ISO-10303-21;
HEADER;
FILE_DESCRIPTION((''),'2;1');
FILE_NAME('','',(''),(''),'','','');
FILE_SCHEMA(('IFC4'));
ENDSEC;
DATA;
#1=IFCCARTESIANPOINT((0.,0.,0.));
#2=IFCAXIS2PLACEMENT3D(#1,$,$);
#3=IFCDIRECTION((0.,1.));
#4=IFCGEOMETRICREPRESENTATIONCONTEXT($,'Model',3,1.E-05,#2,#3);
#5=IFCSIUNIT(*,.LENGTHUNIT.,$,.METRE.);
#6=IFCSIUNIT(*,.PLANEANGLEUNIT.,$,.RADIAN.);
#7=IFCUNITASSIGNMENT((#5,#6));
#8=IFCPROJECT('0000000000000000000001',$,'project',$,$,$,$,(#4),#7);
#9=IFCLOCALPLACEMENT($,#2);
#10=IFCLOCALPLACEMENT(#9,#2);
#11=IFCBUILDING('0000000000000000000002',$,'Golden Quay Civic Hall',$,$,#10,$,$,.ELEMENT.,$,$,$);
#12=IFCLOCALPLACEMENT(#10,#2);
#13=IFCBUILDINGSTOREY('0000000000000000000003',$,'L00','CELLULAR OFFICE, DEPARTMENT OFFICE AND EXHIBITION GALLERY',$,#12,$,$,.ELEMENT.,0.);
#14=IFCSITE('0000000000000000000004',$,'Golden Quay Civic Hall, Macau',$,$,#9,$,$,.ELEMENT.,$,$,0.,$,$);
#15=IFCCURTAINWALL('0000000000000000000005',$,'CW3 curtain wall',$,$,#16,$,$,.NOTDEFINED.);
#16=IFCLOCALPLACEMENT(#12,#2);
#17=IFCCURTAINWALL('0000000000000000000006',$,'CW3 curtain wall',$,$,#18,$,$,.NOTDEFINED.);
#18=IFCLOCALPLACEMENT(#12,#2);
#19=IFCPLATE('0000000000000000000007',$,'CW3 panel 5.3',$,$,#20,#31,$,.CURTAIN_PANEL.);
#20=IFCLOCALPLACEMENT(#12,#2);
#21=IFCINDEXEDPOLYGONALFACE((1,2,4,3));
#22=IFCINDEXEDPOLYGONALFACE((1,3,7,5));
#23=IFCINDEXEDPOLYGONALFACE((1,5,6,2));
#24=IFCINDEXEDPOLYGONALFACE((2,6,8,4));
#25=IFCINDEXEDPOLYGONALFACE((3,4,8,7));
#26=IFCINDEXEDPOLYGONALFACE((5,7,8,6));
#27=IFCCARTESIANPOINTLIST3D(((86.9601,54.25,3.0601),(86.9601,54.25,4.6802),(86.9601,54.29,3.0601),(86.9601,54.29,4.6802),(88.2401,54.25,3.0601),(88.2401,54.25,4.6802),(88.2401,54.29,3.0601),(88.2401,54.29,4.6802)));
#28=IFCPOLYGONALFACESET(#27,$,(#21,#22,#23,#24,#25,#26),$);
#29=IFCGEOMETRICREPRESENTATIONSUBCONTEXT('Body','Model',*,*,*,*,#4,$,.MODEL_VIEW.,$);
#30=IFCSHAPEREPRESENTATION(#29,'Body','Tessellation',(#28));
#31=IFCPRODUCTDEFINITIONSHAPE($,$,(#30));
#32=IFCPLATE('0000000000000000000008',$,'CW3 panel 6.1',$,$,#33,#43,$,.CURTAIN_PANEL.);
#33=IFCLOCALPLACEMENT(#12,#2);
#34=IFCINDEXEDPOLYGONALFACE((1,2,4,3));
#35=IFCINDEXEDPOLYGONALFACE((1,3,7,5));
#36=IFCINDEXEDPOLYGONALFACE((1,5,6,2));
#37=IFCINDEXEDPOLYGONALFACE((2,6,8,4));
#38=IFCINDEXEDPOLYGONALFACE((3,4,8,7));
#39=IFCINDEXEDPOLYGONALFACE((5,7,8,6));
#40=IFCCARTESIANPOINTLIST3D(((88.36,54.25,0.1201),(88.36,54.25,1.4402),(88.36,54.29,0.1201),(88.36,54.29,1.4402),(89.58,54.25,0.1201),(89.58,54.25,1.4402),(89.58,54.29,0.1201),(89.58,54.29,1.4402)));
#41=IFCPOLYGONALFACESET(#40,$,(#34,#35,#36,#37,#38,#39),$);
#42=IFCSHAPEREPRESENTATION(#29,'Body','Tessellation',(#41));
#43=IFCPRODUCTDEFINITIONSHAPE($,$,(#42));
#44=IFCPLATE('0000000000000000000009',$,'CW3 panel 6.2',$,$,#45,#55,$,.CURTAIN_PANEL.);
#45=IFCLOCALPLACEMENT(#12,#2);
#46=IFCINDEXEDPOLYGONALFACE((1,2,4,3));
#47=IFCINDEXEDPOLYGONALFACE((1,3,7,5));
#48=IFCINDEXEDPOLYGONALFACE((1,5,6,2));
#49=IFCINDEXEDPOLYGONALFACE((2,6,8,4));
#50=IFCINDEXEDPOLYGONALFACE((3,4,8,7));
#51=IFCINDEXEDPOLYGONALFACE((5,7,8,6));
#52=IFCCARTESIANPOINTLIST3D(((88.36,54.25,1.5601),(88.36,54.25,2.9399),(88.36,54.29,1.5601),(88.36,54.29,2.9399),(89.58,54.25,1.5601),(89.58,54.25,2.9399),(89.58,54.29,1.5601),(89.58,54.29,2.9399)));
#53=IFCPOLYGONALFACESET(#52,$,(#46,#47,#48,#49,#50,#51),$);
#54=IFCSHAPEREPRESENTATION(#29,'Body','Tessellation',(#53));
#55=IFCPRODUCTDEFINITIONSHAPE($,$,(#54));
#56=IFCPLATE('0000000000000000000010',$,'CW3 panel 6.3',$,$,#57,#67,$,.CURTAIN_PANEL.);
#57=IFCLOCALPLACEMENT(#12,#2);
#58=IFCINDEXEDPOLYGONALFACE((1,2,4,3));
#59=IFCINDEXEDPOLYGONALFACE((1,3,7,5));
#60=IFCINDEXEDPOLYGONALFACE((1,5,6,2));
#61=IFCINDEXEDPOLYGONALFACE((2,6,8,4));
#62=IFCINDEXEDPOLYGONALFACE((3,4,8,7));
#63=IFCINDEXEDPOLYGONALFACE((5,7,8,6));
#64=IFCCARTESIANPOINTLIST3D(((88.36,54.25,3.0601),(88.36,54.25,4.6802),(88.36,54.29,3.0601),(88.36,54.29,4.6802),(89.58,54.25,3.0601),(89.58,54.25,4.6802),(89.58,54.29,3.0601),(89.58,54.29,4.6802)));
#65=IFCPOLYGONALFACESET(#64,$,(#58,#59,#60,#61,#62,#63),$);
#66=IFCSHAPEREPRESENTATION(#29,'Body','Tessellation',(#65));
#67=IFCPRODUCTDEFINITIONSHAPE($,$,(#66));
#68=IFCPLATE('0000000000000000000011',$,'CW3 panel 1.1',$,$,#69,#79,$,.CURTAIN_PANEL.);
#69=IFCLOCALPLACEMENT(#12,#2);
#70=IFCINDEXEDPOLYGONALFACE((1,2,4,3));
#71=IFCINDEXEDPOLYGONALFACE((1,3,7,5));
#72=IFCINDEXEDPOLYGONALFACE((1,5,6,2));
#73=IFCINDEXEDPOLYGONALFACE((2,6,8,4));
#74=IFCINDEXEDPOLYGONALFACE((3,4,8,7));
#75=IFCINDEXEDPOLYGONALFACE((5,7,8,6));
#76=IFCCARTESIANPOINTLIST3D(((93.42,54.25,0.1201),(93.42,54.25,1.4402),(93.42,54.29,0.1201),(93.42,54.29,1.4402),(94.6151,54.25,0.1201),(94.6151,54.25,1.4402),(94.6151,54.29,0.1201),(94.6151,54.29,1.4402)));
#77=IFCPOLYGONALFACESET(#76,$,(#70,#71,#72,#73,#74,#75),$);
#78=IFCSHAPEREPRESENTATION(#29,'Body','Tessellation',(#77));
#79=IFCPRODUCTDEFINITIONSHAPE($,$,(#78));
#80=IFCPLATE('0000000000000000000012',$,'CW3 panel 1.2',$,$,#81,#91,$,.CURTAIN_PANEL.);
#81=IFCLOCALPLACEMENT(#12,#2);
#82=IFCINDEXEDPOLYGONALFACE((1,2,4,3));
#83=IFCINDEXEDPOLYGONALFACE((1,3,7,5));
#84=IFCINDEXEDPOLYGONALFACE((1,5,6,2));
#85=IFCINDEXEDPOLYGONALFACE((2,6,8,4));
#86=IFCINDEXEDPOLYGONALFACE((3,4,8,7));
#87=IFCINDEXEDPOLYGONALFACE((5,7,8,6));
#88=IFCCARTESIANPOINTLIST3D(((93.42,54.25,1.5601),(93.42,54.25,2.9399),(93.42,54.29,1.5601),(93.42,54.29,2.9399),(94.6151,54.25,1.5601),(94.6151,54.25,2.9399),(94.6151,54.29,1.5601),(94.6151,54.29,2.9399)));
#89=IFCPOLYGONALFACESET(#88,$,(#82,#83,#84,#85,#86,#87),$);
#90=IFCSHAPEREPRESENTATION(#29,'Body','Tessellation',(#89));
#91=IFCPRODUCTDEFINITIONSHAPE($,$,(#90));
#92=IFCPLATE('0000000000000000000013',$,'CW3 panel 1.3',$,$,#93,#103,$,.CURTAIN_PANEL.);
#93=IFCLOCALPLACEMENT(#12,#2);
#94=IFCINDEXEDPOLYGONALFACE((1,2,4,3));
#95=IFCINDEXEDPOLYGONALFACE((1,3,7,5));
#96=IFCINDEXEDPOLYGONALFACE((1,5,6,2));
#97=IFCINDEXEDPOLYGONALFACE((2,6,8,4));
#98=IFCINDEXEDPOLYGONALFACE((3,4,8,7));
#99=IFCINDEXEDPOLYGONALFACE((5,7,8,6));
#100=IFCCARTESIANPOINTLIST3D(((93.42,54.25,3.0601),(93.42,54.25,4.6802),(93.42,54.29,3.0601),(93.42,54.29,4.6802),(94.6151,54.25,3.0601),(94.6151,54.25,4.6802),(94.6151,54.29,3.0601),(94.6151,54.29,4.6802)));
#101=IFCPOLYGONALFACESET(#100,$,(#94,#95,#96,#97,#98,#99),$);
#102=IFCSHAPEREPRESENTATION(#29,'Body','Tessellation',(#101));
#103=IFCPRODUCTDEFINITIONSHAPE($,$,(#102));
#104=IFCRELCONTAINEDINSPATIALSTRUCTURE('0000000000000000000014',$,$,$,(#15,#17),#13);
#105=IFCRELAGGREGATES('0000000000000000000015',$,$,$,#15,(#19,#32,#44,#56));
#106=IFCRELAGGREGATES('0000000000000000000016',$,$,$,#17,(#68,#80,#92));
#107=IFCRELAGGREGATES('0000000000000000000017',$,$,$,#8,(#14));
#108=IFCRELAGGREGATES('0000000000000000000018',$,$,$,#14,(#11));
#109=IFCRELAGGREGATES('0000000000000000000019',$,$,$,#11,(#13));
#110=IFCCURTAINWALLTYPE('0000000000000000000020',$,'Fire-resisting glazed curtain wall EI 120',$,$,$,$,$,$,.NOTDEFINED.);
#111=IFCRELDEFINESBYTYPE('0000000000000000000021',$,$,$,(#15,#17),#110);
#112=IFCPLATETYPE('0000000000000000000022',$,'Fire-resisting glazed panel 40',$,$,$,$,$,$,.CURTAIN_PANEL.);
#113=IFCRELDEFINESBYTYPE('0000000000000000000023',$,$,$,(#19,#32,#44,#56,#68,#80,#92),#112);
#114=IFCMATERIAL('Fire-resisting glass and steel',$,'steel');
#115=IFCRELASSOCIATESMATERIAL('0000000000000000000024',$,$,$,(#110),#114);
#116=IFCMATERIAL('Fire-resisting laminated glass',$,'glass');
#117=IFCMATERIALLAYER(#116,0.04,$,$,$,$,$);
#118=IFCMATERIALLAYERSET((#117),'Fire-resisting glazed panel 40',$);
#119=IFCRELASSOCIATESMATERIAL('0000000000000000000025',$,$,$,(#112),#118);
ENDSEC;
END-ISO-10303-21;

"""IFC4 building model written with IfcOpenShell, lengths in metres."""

from ifc_helpers import new_model, si_unit, direction, frame, origin, origin_2d, place, context, subcontext, project, spatial, rectangle, extrude, material, layer, layer_set, type_object, element, aggregate, save


model = new_model("IFC4")

# Units and contexts
model_context = context("Model", 3, precision=1e-05, world=origin(), true_north=direction((0.0, 1.0)))
body_context = subcontext(model_context, "Body", "Model", "MODEL_VIEW")
ifc_project = project(units=[si_unit("LENGTHUNIT", "METRE"), si_unit("PLANEANGLEUNIT", "RADIAN")], contexts=[model_context])

# Site, building, storey
site_placement = place(None, origin())
site = spatial("IfcSite", under=ifc_project, at=site_placement, Name="Golden Quay Civic Hall, Macau", CompositionType="ELEMENT", RefElevation=0.0)
building_placement = place(site_placement, origin())
building = spatial("IfcBuilding", under=site, at=building_placement, Name="Golden Quay Civic Hall", CompositionType="ELEMENT")
storey_placement = place(building_placement, origin())
storey = spatial("IfcBuildingStorey", under=building, at=storey_placement, Name="L00", Description="CELLULAR OFFICE, DEPARTMENT OFFICE AND EXHIBITION GALLERY", CompositionType="ELEMENT", Elevation=0.0)

# Curtain walls
ifc_material_1 = material(Name="Fire-resisting glass and steel", Category="steel")
curtain_wall_type = type_object("IfcCurtainWallType", Name="Fire-resisting glazed curtain wall EI 120", PredefinedType="NOTDEFINED", material=ifc_material_1)
curtain_wall_1_placement = place(storey_placement, origin())
curtain_wall_1 = element("IfcCurtainWall", 1, at=curtain_wall_1_placement, inside=storey, type_object=curtain_wall_type, Name="CW3 curtain wall", PredefinedType="NOTDEFINED")
curtain_wall_2_placement = place(storey_placement, origin())
curtain_wall_2 = element("IfcCurtainWall", 2, at=curtain_wall_2_placement, inside=storey, type_object=curtain_wall_type, Name="CW3 curtain wall", PredefinedType="NOTDEFINED")

# Plates
ifc_material_2 = material(Name="Fire-resisting laminated glass", Category="glass")
ifc_layer_1 = layer(ifc_material_2, 0.04)
ifc_layer_set_1 = layer_set([ifc_layer_1], Name="Fire-resisting glazed panel 40")
plate_type = type_object("IfcPlateType", Name="Fire-resisting glazed panel 40", PredefinedType="CURTAIN_PANEL", material=ifc_layer_set_1)
plate_1_placement = place(storey_placement, frame((87.6001, 54.27, 3.0601), z_axis=(0.0, 0.0, 1.0), x_axis=(1.0, 0.0, 0.0)))
plate_1 = element("IfcPlate", 3, at=plate_1_placement, type_object=plate_type, Name="CW3 panel 5.3", PredefinedType="CURTAIN_PANEL", context=body_context, shape_type="SweptSolid", body=[
    extrude(rectangle(XDim=1.28, YDim=0.04, at=origin_2d()), origin(), (0.0, 0.0, 1.0), 1.6201),
])
plate_2_placement = place(storey_placement, frame((88.97, 54.27, 0.1201), z_axis=(0.0, 0.0, 1.0), x_axis=(1.0, 0.0, 0.0)))
plate_2 = element("IfcPlate", 4, at=plate_2_placement, type_object=plate_type, Name="CW3 panel 6.1", PredefinedType="CURTAIN_PANEL", context=body_context, shape_type="SweptSolid", body=[
    extrude(rectangle(XDim=1.22, YDim=0.04, at=origin_2d()), origin(), (0.0, 0.0, 1.0), 1.3201),
])
plate_3_placement = place(storey_placement, frame((88.97, 54.27, 1.5601), z_axis=(0.0, 0.0, 1.0), x_axis=(1.0, 0.0, 0.0)))
plate_3 = element("IfcPlate", 5, at=plate_3_placement, type_object=plate_type, Name="CW3 panel 6.2", PredefinedType="CURTAIN_PANEL", context=body_context, shape_type="SweptSolid", body=[
    extrude(rectangle(XDim=1.22, YDim=0.04, at=origin_2d()), origin(), (0.0, 0.0, 1.0), 1.3799),
])
plate_4_placement = place(storey_placement, frame((88.97, 54.27, 3.0601), z_axis=(0.0, 0.0, 1.0), x_axis=(1.0, 0.0, 0.0)))
plate_4 = element("IfcPlate", 6, at=plate_4_placement, type_object=plate_type, Name="CW3 panel 6.3", PredefinedType="CURTAIN_PANEL", context=body_context, shape_type="SweptSolid", body=[
    extrude(rectangle(XDim=1.22, YDim=0.04, at=origin_2d()), origin(), (0.0, 0.0, 1.0), 1.6201),
])
aggregate(curtain_wall_1, [plate_1, plate_2, plate_3, plate_4])
plate_5_placement = place(storey_placement, frame((94.0176, 54.27, 0.1201), z_axis=(0.0, 0.0, 1.0), x_axis=(1.0, 0.0, 0.0)))
plate_5 = element("IfcPlate", 7, at=plate_5_placement, type_object=plate_type, Name="CW3 panel 1.1", PredefinedType="CURTAIN_PANEL", context=body_context, shape_type="SweptSolid", body=[
    extrude(rectangle(XDim=1.1951, YDim=0.04, at=origin_2d()), origin(), (0.0, 0.0, 1.0), 1.3201),
])
plate_6_placement = place(storey_placement, frame((94.0176, 54.27, 1.5601), z_axis=(0.0, 0.0, 1.0), x_axis=(1.0, 0.0, 0.0)))
plate_6 = element("IfcPlate", 8, at=plate_6_placement, type_object=plate_type, Name="CW3 panel 1.2", PredefinedType="CURTAIN_PANEL", context=body_context, shape_type="SweptSolid", body=[
    extrude(rectangle(XDim=1.1951, YDim=0.04, at=origin_2d()), origin(), (0.0, 0.0, 1.0), 1.3799),
])
plate_7_placement = place(storey_placement, frame((94.0176, 54.27, 3.0601), z_axis=(0.0, 0.0, 1.0), x_axis=(1.0, 0.0, 0.0)))
plate_7 = element("IfcPlate", 9, at=plate_7_placement, type_object=plate_type, Name="CW3 panel 1.3", PredefinedType="CURTAIN_PANEL", context=body_context, shape_type="SweptSolid", body=[
    extrude(rectangle(XDim=1.1951, YDim=0.04, at=origin_2d()), origin(), (0.0, 0.0, 1.0), 1.6201),
])
aggregate(curtain_wall_2, [plate_5, plate_6, plate_7])

save(model, "model.ifc")
